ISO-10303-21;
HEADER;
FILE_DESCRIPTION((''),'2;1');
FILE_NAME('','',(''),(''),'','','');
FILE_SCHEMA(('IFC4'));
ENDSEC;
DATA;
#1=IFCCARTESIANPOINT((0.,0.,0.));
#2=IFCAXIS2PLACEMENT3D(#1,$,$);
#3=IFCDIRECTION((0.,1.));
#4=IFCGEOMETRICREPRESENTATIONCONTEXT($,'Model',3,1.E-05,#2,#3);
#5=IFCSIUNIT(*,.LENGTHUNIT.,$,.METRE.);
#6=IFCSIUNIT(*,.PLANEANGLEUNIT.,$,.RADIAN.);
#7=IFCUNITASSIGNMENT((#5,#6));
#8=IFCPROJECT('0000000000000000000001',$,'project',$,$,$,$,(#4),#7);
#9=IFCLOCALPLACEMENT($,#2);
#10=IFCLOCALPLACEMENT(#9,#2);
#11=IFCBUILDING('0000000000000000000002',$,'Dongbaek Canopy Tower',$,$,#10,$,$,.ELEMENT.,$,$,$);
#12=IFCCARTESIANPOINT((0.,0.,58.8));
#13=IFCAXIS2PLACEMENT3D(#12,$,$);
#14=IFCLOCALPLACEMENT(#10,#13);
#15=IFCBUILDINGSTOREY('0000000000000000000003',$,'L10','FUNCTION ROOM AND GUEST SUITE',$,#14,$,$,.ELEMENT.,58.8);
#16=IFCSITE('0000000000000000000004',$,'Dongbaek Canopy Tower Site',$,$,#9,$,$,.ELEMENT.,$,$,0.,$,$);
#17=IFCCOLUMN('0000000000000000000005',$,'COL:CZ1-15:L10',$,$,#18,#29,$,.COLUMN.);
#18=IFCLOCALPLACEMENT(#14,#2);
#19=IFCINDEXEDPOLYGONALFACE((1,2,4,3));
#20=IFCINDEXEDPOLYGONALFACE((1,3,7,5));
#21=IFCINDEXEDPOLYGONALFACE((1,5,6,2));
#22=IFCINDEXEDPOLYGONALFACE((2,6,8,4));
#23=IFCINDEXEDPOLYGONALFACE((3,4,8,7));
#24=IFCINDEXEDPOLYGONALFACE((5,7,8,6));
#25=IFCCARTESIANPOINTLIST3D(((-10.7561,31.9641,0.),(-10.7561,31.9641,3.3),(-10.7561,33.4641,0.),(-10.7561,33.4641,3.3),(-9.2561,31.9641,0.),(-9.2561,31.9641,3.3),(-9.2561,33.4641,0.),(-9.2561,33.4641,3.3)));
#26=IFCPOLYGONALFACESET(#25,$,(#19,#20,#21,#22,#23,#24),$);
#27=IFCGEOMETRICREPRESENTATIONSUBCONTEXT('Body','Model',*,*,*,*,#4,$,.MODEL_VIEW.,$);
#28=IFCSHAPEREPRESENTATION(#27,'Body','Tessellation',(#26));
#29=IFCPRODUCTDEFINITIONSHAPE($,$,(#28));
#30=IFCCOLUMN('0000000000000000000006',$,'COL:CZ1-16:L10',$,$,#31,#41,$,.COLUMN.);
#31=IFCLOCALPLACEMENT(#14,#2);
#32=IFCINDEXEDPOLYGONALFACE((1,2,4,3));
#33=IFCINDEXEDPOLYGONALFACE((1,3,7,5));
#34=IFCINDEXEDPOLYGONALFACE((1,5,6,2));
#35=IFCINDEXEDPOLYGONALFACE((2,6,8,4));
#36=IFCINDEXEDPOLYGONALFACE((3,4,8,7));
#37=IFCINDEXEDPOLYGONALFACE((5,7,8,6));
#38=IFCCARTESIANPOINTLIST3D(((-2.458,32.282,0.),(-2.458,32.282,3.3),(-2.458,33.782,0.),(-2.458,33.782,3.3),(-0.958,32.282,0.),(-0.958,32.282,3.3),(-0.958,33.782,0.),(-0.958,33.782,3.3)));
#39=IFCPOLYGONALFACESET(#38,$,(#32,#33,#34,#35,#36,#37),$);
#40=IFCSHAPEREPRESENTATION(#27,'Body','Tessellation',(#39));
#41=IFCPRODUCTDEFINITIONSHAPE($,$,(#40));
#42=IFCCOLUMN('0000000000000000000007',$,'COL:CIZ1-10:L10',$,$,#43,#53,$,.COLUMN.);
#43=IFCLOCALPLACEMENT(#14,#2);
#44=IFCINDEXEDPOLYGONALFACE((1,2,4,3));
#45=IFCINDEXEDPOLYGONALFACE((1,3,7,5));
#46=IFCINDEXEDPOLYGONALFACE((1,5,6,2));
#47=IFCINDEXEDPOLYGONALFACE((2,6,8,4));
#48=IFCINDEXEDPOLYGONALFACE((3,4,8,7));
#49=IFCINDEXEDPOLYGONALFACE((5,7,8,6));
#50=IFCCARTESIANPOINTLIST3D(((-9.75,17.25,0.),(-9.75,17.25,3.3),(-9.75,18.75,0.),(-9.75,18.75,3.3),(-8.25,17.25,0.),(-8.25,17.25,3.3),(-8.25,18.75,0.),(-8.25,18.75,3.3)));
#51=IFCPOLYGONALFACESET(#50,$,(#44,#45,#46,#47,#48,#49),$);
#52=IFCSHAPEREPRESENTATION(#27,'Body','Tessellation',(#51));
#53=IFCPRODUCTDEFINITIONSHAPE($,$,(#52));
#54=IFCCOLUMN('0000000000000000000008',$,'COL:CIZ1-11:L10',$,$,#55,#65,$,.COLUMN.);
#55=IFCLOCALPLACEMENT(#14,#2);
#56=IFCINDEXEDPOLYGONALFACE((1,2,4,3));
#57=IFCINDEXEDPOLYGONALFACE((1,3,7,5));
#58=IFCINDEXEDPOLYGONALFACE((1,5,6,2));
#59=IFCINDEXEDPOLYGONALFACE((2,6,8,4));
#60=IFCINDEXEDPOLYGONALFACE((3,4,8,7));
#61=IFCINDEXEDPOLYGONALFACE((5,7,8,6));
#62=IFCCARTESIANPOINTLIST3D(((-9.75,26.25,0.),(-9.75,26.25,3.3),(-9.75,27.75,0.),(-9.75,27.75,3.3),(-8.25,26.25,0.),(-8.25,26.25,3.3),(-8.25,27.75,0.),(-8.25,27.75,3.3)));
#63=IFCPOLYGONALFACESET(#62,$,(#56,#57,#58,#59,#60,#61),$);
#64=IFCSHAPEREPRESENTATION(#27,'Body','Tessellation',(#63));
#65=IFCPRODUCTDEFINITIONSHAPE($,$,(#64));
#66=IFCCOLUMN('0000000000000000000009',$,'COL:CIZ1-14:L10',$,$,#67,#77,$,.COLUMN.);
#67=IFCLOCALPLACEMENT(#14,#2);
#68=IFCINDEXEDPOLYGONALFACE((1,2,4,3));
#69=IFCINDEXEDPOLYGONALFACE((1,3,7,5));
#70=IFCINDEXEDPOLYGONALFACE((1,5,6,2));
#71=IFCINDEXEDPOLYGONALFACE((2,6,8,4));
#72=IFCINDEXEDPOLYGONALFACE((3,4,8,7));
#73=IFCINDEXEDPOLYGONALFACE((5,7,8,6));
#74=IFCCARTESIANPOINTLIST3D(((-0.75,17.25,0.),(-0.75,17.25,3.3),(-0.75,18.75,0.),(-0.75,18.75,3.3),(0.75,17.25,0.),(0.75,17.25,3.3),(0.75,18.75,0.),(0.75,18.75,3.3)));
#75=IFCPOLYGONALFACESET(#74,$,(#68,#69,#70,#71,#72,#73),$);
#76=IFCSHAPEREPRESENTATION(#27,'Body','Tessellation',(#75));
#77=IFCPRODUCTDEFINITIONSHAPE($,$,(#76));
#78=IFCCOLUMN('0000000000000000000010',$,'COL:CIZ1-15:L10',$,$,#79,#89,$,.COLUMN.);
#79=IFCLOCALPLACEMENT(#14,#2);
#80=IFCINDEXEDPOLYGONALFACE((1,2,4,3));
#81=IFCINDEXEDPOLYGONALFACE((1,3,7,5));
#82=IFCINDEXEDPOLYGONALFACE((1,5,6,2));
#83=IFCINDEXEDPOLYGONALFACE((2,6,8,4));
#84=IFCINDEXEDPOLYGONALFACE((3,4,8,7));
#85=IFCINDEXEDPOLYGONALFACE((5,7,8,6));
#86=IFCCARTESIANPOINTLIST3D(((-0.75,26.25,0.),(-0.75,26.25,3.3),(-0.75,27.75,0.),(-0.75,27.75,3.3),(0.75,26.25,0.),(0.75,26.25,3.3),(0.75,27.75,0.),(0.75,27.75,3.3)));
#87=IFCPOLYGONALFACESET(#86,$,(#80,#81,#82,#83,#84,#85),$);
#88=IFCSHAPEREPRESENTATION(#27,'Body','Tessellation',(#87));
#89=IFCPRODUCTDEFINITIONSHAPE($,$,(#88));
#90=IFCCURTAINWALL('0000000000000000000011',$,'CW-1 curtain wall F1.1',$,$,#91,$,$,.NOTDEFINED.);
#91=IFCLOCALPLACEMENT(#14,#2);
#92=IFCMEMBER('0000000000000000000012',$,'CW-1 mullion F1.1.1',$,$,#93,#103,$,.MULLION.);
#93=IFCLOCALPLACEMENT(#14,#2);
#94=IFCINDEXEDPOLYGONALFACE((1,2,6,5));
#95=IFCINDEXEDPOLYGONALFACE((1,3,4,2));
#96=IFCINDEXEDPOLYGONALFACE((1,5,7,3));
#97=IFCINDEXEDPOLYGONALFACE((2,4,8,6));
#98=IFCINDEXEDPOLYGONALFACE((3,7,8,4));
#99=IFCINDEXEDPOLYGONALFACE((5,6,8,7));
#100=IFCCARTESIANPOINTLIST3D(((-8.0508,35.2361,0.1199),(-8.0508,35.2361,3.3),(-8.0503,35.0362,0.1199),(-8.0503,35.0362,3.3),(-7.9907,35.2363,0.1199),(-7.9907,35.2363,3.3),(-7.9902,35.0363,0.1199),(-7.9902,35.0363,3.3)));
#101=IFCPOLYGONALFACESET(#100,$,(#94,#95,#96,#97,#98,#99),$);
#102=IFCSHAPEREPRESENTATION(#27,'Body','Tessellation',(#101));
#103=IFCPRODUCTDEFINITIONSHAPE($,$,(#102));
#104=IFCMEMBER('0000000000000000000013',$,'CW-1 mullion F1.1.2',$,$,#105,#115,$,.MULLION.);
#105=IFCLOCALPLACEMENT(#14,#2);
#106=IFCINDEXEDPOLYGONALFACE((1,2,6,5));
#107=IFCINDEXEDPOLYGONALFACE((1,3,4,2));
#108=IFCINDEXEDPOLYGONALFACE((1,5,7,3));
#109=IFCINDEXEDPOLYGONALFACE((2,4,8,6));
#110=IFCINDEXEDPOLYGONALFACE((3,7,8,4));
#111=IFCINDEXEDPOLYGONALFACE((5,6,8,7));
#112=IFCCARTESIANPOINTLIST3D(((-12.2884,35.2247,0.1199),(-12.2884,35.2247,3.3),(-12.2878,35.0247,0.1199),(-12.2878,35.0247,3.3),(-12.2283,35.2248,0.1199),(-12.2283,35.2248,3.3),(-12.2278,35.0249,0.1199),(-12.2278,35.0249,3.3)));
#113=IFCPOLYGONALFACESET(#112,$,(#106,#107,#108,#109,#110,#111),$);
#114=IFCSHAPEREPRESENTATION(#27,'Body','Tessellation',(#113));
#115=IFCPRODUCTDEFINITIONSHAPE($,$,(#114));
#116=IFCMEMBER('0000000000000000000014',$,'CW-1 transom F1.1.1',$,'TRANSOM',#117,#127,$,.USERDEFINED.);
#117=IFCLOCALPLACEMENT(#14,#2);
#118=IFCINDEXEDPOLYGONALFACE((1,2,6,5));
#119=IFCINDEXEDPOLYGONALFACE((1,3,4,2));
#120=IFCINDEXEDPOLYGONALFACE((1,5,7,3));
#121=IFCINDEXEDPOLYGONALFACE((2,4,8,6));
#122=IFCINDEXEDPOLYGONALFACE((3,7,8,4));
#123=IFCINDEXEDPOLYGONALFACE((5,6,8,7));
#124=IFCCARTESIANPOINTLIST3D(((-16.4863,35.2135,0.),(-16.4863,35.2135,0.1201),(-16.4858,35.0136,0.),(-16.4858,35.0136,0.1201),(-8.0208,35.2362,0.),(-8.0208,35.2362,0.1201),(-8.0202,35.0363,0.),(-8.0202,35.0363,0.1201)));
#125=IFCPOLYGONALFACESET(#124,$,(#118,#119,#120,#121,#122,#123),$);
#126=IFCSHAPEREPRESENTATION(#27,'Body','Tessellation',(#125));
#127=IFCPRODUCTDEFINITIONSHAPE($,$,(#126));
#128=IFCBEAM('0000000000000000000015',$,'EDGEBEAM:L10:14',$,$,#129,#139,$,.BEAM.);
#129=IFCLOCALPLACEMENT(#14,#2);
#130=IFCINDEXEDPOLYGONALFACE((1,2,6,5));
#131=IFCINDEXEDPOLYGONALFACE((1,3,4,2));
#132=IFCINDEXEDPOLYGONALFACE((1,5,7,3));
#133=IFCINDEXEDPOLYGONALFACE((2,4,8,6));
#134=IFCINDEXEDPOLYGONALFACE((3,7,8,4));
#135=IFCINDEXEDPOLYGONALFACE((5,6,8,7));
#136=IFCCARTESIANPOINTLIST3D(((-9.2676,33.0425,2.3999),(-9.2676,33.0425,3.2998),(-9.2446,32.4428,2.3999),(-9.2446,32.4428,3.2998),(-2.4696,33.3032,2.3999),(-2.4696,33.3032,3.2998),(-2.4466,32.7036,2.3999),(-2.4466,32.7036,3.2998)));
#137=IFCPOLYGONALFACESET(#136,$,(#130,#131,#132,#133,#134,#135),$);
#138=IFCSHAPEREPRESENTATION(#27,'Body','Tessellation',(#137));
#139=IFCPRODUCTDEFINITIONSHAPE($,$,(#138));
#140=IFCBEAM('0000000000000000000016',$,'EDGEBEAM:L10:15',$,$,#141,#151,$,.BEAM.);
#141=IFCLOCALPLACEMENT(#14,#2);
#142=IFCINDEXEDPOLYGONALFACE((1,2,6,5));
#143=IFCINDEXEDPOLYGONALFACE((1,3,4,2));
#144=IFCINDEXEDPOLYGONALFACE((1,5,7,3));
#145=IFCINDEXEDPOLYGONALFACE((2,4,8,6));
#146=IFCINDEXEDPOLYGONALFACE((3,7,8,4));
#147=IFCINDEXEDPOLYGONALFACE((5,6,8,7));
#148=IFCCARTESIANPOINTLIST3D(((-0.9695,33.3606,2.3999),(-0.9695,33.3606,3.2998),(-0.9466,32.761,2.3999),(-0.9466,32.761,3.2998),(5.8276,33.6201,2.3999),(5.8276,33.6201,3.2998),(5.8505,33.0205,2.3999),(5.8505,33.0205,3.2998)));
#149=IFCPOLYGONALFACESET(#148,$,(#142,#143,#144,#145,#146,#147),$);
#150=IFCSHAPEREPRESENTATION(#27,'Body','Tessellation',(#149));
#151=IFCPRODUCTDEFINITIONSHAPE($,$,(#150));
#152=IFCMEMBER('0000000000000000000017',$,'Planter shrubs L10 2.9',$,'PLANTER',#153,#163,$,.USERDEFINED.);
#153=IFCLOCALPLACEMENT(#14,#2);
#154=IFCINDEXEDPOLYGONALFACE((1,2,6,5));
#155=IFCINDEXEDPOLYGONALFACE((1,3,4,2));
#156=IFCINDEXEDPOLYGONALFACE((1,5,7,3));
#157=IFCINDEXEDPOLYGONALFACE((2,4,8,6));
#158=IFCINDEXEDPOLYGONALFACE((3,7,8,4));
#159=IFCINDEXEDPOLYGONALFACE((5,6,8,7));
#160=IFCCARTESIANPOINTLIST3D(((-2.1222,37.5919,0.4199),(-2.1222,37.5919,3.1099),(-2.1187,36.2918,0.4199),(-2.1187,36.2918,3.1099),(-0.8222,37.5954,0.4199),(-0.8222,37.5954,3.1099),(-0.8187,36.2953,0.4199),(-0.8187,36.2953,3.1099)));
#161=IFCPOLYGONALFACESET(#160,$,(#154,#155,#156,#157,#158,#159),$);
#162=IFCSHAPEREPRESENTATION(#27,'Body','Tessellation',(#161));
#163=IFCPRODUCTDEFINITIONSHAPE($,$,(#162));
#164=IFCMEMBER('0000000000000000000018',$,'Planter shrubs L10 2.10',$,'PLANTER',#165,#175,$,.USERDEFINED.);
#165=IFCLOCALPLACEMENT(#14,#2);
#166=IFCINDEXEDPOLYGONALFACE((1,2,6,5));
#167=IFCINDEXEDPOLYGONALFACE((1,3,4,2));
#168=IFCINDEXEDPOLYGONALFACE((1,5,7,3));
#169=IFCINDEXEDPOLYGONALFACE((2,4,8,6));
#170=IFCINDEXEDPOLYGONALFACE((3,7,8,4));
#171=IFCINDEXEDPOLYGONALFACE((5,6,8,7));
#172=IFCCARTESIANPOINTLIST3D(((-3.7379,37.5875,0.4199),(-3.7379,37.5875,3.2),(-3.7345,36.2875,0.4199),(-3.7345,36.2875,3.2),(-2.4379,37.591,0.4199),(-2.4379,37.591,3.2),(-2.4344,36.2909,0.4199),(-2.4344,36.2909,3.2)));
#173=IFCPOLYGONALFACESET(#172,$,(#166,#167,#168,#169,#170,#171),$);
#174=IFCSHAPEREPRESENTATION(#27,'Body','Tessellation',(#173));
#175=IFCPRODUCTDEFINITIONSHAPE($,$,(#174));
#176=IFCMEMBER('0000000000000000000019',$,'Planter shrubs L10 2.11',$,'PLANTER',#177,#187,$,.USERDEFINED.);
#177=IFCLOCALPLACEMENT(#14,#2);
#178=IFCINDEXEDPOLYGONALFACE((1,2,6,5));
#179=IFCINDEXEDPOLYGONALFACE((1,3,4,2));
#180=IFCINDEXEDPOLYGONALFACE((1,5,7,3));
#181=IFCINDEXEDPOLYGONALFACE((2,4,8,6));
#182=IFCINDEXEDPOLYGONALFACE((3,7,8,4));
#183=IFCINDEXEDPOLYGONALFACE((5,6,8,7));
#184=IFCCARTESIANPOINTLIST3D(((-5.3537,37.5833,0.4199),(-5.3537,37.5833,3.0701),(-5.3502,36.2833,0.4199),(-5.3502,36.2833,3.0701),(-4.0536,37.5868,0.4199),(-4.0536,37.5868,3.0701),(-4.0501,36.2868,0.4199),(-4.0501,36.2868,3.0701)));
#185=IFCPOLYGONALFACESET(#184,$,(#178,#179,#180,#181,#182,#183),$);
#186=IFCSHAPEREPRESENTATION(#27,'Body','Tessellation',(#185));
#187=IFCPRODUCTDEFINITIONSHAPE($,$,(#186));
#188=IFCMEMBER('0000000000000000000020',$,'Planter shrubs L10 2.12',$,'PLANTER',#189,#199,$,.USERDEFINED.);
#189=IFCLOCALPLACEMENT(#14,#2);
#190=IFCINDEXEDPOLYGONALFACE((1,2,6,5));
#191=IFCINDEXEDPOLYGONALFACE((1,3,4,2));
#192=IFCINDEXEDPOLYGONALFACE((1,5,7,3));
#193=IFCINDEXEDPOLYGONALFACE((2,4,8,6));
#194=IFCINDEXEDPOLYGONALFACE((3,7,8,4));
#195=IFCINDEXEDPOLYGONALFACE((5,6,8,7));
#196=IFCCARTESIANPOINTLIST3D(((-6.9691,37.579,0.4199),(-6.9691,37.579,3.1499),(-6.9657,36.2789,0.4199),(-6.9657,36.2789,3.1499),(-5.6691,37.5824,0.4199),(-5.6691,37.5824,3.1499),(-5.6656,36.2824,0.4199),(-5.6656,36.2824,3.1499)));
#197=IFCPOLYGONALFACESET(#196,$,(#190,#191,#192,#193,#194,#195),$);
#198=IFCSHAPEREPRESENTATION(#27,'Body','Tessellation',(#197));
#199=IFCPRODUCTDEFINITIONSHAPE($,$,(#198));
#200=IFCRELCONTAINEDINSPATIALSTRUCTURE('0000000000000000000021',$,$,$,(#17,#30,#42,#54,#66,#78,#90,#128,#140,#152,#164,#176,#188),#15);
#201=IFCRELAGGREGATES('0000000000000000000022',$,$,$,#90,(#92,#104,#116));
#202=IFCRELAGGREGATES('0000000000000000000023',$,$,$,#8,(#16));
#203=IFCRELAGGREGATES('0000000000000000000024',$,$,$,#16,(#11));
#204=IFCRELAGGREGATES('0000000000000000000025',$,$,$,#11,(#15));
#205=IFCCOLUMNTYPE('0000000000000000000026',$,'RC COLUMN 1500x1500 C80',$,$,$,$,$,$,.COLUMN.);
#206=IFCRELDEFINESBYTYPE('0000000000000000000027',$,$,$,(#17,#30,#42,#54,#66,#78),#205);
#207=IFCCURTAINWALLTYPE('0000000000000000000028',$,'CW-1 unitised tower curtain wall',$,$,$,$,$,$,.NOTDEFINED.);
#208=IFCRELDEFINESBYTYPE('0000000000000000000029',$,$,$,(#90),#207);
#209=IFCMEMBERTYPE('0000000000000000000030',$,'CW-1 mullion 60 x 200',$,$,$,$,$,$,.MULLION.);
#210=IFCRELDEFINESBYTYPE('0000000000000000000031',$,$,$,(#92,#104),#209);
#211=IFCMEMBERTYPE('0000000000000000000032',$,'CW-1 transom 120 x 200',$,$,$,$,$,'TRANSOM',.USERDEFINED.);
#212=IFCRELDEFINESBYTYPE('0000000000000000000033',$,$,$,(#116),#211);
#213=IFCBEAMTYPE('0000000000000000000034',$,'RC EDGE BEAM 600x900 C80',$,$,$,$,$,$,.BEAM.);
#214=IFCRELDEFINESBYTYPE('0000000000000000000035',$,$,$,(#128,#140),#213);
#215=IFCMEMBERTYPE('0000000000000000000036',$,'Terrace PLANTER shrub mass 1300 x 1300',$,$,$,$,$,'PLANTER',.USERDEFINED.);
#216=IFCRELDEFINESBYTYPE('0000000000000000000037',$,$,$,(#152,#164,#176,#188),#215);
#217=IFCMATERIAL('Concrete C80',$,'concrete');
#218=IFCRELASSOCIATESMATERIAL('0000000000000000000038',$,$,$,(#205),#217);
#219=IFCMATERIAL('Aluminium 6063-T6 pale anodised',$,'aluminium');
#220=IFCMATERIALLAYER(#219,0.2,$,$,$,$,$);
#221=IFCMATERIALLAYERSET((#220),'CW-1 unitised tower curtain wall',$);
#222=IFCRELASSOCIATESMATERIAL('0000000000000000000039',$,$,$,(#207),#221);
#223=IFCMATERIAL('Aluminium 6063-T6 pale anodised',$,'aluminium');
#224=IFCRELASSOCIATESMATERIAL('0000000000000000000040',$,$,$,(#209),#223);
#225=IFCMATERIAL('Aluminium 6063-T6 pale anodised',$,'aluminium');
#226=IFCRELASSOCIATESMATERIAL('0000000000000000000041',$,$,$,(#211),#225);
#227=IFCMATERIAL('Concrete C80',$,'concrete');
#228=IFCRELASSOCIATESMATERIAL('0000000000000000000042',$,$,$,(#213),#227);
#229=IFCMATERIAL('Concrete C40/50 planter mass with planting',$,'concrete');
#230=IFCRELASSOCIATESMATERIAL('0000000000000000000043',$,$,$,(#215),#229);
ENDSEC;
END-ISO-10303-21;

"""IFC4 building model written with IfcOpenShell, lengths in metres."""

from ifc_helpers import new_model, si_unit, direction, frame, origin, origin_2d, place, context, subcontext, project, spatial, rectangle, extrude, material, layer, layer_set, material_profile, profile_set, type_object, element, aggregate, save


model = new_model("IFC4")

# Units and contexts
model_context = context("Model", 3, precision=1e-05, world=origin(), true_north=direction((0.0, 1.0)))
body_context = subcontext(model_context, "Body", "Model", "MODEL_VIEW")
ifc_project = project(units=[si_unit("LENGTHUNIT", "METRE"), si_unit("PLANEANGLEUNIT", "RADIAN")], contexts=[model_context])

# Site, building, storey
site_placement = place(None, origin())
site = spatial("IfcSite", under=ifc_project, at=site_placement, Name="Dongbaek Canopy Tower Site", CompositionType="ELEMENT", RefElevation=0.0)
building_placement = place(site_placement, origin())
building = spatial("IfcBuilding", under=site, at=building_placement, Name="Dongbaek Canopy Tower", CompositionType="ELEMENT")
storey_placement = place(building_placement, frame((0.0, 0.0, 58.8)))
storey = spatial("IfcBuildingStorey", under=building, at=storey_placement, Name="L10", Description="FUNCTION ROOM AND GUEST SUITE", CompositionType="ELEMENT", Elevation=58.8)

# Columns
ifc_material_1 = material(Name="Concrete C80", Category="concrete")
ifc_material_profile_1 = material_profile(ifc_material_1, rectangle(XDim=1.5, YDim=1.5, at=origin_2d()), Name="RC COLUMN 1500x1500 C80")
ifc_profile_set_1 = profile_set([ifc_material_profile_1], Name="Concrete C80")
column_type = type_object("IfcColumnType", Name="RC COLUMN 1500x1500 C80", PredefinedType="COLUMN", material=ifc_profile_set_1)
for number, where, z_axis, x_axis, name in (
    (1, (-10.0061, 32.7141, 0.0), (0.0, 0.0, 1.0), (1.0, 0.0, 0.0), "COL:CZ1-15:L10"),
    (2, (-1.708, 33.032, 0.0), (0.0, 0.0, 1.0), (1.0, 0.0, 0.0), "COL:CZ1-16:L10"),
    (3, (-9.0, 18.0, 0.0), (0.0, 0.0, 1.0), (1.0, 0.0, 0.0), "COL:CIZ1-10:L10"),
    (4, (-9.0, 27.0, 0.0), (0.0, 0.0, 1.0), (1.0, 0.0, 0.0), "COL:CIZ1-11:L10"),
    (5, (0.0, 18.0, 0.0), (0.0, 0.0, 1.0), (1.0, 0.0, 0.0), "COL:CIZ1-14:L10"),
    (6, (0.0, 27.0, 0.0), (0.0, 0.0, 1.0), (1.0, 0.0, 0.0), "COL:CIZ1-15:L10"),
):
    element("IfcColumn", number, at=place(storey_placement, frame(where, z_axis=z_axis, x_axis=x_axis)), inside=storey, type_object=column_type, Name=name, PredefinedType="COLUMN", context=body_context, shape_type="SweptSolid", body=[
        extrude(rectangle(XDim=1.5, YDim=1.5, at=origin_2d()), origin(), (0.0, 0.0, 1.0), 3.3),
    ])

# Curtain wall, members
ifc_material_2 = material(Name="Aluminium 6063-T6 pale anodised", Category="aluminium")
ifc_layer_1 = layer(ifc_material_2, 0.2)
ifc_layer_set_1 = layer_set([ifc_layer_1], Name="CW-1 unitised tower curtain wall")
curtain_wall_type = type_object("IfcCurtainWallType", Name="CW-1 unitised tower curtain wall", PredefinedType="NOTDEFINED", material=ifc_layer_set_1)
curtain_wall_placement = place(storey_placement, origin())
curtain_wall = element("IfcCurtainWall", 7, at=curtain_wall_placement, inside=storey, type_object=curtain_wall_type, Name="CW-1 curtain wall F1.1", PredefinedType="NOTDEFINED")
ifc_material_3 = material(Name="Aluminium 6063-T6 pale anodised", Category="aluminium")
ifc_material_profile_2 = material_profile(ifc_material_3, rectangle(XDim=0.2, YDim=0.0601, at=origin_2d()), Name="CW-1 mullion 60 x 200")
ifc_profile_set_2 = profile_set([ifc_material_profile_2], Name="Aluminium 6063-T6 pale anodised")
member_type_1 = type_object("IfcMemberType", Name="CW-1 mullion 60 x 200", PredefinedType="MULLION", material=ifc_profile_set_2)
member_1_placement = place(storey_placement, frame((-8.0205, 35.1362, 0.1199), z_axis=(0.0, 0.0, 1.0), x_axis=(-0.002666, 0.999996, 0.0)))
member_1 = element("IfcMember", 8, at=member_1_placement, type_object=member_type_1, Name="CW-1 mullion F1.1.1", PredefinedType="MULLION", context=body_context, shape_type="SweptSolid", body=[
    extrude(rectangle(XDim=0.2, YDim=0.0601, at=origin_2d()), origin(), (0.0, 0.0, 1.0), 3.1802),
])
member_2_placement = place(storey_placement, frame((-12.2581, 35.1248, 0.1199), z_axis=(0.0, 0.0, 1.0), x_axis=(-0.002666, 0.999996, 0.0)))
member_2 = element("IfcMember", 9, at=member_2_placement, type_object=member_type_1, Name="CW-1 mullion F1.1.2", PredefinedType="MULLION", context=body_context, shape_type="SweptSolid", body=[
    extrude(rectangle(XDim=0.2, YDim=0.0601, at=origin_2d()), origin(), (0.0, 0.0, 1.0), 3.1802),
])
ifc_material_4 = material(Name="Aluminium 6063-T6 pale anodised", Category="aluminium")
ifc_material_profile_3 = material_profile(ifc_material_4, rectangle(XDim=0.2, YDim=0.1201, at=origin_2d()), Name="CW-1 transom 120 x 200")
ifc_profile_set_3 = profile_set([ifc_material_profile_3], Name="Aluminium 6063-T6 pale anodised")
member_type_2 = type_object("IfcMemberType", Name="CW-1 transom 120 x 200", ElementType="TRANSOM", PredefinedType="USERDEFINED", material=ifc_profile_set_3)
member_3_placement = place(storey_placement, frame((-8.0205, 35.1362, 0.0601), z_axis=(-0.999996, -0.002682, 0.0), x_axis=(0.002682, -0.999996, 0.0)))
member_3 = element("IfcMember", 10, at=member_3_placement, type_object=member_type_2, Name="CW-1 transom F1.1.1", ObjectType="TRANSOM", PredefinedType="USERDEFINED", context=body_context, shape_type="SweptSolid", body=[
    extrude(rectangle(XDim=0.2, YDim=0.1201, at=origin_2d()), origin(), (0.0, 0.0, 1.0), 8.4656),
])

# Beams
ifc_material_5 = material(Name="Concrete C80", Category="concrete")
ifc_material_profile_4 = material_profile(ifc_material_5, rectangle(XDim=0.6001, YDim=0.8999, at=origin_2d()), Name="RC EDGE BEAM 600x900 C80")
ifc_profile_set_4 = profile_set([ifc_material_profile_4], Name="Concrete C80")
beam_type = type_object("IfcBeamType", Name="RC EDGE BEAM 600x900 C80", PredefinedType="BEAM", material=ifc_profile_set_4)
beam_1_placement = place(storey_placement, frame((-9.2561, 32.7427, 2.8499), z_axis=(0.999265, 0.038327, 0.0), x_axis=(-0.038327, 0.999265, 0.0)))
element("IfcBeam", 11, at=beam_1_placement, inside=storey, type_object=beam_type, Name="EDGEBEAM:L10:14", PredefinedType="BEAM", context=body_context, shape_type="SweptSolid", body=[
    extrude(rectangle(XDim=0.6001, YDim=0.8999, at=origin_2d()), origin(), (0.0, 0.0, 1.0), 6.803),
])
beam_2_placement = place(storey_placement, frame((-0.958, 33.0608, 2.8499), z_axis=(0.999272, 0.038153, 0.0), x_axis=(-0.038153, 0.999272, 0.0)))
element("IfcBeam", 12, at=beam_2_placement, inside=storey, type_object=beam_type, Name="EDGEBEAM:L10:15", PredefinedType="BEAM", context=body_context, shape_type="SweptSolid", body=[
    extrude(rectangle(XDim=0.6001, YDim=0.8999, at=origin_2d()), origin(), (0.0, 0.0, 1.0), 6.802),
])

# Members
ifc_material_6 = material(Name="Concrete C40/50 planter mass with planting", Category="concrete")
ifc_material_profile_5 = material_profile(ifc_material_6, rectangle(XDim=1.3, YDim=1.3, at=origin_2d()), Name="Terrace PLANTER shrub mass 1300 x 1300")
ifc_profile_set_5 = profile_set([ifc_material_profile_5], Name="Concrete C40/50 planter mass with planting")
member_type_3 = type_object("IfcMemberType", Name="Terrace PLANTER shrub mass 1300 x 1300", ElementType="PLANTER", PredefinedType="USERDEFINED", material=ifc_profile_set_5)
member_4_placement = place(storey_placement, frame((-1.4705, 36.9436, 0.4199), z_axis=(0.0, 0.0, 1.0), x_axis=(-0.002666, 0.999996, 0.0)))
element("IfcMember", 13, at=member_4_placement, inside=storey, type_object=member_type_3, Name="Planter shrubs L10 2.9", ObjectType="PLANTER", PredefinedType="USERDEFINED", context=body_context, shape_type="SweptSolid", body=[
    extrude(rectangle(XDim=1.3, YDim=1.3, at=origin_2d()), origin(), (0.0, 0.0, 1.0), 2.6899),
])
member_5_placement = place(storey_placement, frame((-3.0862, 36.9392, 0.4199), z_axis=(0.0, 0.0, 1.0), x_axis=(-0.002666, 0.999996, 0.0)))
element("IfcMember", 14, at=member_5_placement, inside=storey, type_object=member_type_3, Name="Planter shrubs L10 2.10", ObjectType="PLANTER", PredefinedType="USERDEFINED", context=body_context, shape_type="SweptSolid", body=[
    extrude(rectangle(XDim=1.3, YDim=1.3, at=origin_2d()), origin(), (0.0, 0.0, 1.0), 2.78),
])
member_6_placement = place(storey_placement, frame((-4.7019, 36.9351, 0.4199), z_axis=(0.0, 0.0, 1.0), x_axis=(-0.002666, 0.999996, 0.0)))
element("IfcMember", 15, at=member_6_placement, inside=storey, type_object=member_type_3, Name="Planter shrubs L10 2.11", ObjectType="PLANTER", PredefinedType="USERDEFINED", context=body_context, shape_type="SweptSolid", body=[
    extrude(rectangle(XDim=1.3, YDim=1.3, at=origin_2d()), origin(), (0.0, 0.0, 1.0), 2.6501),
])
member_7_placement = place(storey_placement, frame((-6.3174, 36.9307, 0.4199), z_axis=(0.0, 0.0, 1.0), x_axis=(-0.002666, 0.999996, 0.0)))
element("IfcMember", 16, at=member_7_placement, inside=storey, type_object=member_type_3, Name="Planter shrubs L10 2.12", ObjectType="PLANTER", PredefinedType="USERDEFINED", context=body_context, shape_type="SweptSolid", body=[
    extrude(rectangle(XDim=1.3, YDim=1.3, at=origin_2d()), origin(), (0.0, 0.0, 1.0), 2.73),
])

aggregate(curtain_wall, [member_1, member_2, member_3])

save(model, "model.ifc")
